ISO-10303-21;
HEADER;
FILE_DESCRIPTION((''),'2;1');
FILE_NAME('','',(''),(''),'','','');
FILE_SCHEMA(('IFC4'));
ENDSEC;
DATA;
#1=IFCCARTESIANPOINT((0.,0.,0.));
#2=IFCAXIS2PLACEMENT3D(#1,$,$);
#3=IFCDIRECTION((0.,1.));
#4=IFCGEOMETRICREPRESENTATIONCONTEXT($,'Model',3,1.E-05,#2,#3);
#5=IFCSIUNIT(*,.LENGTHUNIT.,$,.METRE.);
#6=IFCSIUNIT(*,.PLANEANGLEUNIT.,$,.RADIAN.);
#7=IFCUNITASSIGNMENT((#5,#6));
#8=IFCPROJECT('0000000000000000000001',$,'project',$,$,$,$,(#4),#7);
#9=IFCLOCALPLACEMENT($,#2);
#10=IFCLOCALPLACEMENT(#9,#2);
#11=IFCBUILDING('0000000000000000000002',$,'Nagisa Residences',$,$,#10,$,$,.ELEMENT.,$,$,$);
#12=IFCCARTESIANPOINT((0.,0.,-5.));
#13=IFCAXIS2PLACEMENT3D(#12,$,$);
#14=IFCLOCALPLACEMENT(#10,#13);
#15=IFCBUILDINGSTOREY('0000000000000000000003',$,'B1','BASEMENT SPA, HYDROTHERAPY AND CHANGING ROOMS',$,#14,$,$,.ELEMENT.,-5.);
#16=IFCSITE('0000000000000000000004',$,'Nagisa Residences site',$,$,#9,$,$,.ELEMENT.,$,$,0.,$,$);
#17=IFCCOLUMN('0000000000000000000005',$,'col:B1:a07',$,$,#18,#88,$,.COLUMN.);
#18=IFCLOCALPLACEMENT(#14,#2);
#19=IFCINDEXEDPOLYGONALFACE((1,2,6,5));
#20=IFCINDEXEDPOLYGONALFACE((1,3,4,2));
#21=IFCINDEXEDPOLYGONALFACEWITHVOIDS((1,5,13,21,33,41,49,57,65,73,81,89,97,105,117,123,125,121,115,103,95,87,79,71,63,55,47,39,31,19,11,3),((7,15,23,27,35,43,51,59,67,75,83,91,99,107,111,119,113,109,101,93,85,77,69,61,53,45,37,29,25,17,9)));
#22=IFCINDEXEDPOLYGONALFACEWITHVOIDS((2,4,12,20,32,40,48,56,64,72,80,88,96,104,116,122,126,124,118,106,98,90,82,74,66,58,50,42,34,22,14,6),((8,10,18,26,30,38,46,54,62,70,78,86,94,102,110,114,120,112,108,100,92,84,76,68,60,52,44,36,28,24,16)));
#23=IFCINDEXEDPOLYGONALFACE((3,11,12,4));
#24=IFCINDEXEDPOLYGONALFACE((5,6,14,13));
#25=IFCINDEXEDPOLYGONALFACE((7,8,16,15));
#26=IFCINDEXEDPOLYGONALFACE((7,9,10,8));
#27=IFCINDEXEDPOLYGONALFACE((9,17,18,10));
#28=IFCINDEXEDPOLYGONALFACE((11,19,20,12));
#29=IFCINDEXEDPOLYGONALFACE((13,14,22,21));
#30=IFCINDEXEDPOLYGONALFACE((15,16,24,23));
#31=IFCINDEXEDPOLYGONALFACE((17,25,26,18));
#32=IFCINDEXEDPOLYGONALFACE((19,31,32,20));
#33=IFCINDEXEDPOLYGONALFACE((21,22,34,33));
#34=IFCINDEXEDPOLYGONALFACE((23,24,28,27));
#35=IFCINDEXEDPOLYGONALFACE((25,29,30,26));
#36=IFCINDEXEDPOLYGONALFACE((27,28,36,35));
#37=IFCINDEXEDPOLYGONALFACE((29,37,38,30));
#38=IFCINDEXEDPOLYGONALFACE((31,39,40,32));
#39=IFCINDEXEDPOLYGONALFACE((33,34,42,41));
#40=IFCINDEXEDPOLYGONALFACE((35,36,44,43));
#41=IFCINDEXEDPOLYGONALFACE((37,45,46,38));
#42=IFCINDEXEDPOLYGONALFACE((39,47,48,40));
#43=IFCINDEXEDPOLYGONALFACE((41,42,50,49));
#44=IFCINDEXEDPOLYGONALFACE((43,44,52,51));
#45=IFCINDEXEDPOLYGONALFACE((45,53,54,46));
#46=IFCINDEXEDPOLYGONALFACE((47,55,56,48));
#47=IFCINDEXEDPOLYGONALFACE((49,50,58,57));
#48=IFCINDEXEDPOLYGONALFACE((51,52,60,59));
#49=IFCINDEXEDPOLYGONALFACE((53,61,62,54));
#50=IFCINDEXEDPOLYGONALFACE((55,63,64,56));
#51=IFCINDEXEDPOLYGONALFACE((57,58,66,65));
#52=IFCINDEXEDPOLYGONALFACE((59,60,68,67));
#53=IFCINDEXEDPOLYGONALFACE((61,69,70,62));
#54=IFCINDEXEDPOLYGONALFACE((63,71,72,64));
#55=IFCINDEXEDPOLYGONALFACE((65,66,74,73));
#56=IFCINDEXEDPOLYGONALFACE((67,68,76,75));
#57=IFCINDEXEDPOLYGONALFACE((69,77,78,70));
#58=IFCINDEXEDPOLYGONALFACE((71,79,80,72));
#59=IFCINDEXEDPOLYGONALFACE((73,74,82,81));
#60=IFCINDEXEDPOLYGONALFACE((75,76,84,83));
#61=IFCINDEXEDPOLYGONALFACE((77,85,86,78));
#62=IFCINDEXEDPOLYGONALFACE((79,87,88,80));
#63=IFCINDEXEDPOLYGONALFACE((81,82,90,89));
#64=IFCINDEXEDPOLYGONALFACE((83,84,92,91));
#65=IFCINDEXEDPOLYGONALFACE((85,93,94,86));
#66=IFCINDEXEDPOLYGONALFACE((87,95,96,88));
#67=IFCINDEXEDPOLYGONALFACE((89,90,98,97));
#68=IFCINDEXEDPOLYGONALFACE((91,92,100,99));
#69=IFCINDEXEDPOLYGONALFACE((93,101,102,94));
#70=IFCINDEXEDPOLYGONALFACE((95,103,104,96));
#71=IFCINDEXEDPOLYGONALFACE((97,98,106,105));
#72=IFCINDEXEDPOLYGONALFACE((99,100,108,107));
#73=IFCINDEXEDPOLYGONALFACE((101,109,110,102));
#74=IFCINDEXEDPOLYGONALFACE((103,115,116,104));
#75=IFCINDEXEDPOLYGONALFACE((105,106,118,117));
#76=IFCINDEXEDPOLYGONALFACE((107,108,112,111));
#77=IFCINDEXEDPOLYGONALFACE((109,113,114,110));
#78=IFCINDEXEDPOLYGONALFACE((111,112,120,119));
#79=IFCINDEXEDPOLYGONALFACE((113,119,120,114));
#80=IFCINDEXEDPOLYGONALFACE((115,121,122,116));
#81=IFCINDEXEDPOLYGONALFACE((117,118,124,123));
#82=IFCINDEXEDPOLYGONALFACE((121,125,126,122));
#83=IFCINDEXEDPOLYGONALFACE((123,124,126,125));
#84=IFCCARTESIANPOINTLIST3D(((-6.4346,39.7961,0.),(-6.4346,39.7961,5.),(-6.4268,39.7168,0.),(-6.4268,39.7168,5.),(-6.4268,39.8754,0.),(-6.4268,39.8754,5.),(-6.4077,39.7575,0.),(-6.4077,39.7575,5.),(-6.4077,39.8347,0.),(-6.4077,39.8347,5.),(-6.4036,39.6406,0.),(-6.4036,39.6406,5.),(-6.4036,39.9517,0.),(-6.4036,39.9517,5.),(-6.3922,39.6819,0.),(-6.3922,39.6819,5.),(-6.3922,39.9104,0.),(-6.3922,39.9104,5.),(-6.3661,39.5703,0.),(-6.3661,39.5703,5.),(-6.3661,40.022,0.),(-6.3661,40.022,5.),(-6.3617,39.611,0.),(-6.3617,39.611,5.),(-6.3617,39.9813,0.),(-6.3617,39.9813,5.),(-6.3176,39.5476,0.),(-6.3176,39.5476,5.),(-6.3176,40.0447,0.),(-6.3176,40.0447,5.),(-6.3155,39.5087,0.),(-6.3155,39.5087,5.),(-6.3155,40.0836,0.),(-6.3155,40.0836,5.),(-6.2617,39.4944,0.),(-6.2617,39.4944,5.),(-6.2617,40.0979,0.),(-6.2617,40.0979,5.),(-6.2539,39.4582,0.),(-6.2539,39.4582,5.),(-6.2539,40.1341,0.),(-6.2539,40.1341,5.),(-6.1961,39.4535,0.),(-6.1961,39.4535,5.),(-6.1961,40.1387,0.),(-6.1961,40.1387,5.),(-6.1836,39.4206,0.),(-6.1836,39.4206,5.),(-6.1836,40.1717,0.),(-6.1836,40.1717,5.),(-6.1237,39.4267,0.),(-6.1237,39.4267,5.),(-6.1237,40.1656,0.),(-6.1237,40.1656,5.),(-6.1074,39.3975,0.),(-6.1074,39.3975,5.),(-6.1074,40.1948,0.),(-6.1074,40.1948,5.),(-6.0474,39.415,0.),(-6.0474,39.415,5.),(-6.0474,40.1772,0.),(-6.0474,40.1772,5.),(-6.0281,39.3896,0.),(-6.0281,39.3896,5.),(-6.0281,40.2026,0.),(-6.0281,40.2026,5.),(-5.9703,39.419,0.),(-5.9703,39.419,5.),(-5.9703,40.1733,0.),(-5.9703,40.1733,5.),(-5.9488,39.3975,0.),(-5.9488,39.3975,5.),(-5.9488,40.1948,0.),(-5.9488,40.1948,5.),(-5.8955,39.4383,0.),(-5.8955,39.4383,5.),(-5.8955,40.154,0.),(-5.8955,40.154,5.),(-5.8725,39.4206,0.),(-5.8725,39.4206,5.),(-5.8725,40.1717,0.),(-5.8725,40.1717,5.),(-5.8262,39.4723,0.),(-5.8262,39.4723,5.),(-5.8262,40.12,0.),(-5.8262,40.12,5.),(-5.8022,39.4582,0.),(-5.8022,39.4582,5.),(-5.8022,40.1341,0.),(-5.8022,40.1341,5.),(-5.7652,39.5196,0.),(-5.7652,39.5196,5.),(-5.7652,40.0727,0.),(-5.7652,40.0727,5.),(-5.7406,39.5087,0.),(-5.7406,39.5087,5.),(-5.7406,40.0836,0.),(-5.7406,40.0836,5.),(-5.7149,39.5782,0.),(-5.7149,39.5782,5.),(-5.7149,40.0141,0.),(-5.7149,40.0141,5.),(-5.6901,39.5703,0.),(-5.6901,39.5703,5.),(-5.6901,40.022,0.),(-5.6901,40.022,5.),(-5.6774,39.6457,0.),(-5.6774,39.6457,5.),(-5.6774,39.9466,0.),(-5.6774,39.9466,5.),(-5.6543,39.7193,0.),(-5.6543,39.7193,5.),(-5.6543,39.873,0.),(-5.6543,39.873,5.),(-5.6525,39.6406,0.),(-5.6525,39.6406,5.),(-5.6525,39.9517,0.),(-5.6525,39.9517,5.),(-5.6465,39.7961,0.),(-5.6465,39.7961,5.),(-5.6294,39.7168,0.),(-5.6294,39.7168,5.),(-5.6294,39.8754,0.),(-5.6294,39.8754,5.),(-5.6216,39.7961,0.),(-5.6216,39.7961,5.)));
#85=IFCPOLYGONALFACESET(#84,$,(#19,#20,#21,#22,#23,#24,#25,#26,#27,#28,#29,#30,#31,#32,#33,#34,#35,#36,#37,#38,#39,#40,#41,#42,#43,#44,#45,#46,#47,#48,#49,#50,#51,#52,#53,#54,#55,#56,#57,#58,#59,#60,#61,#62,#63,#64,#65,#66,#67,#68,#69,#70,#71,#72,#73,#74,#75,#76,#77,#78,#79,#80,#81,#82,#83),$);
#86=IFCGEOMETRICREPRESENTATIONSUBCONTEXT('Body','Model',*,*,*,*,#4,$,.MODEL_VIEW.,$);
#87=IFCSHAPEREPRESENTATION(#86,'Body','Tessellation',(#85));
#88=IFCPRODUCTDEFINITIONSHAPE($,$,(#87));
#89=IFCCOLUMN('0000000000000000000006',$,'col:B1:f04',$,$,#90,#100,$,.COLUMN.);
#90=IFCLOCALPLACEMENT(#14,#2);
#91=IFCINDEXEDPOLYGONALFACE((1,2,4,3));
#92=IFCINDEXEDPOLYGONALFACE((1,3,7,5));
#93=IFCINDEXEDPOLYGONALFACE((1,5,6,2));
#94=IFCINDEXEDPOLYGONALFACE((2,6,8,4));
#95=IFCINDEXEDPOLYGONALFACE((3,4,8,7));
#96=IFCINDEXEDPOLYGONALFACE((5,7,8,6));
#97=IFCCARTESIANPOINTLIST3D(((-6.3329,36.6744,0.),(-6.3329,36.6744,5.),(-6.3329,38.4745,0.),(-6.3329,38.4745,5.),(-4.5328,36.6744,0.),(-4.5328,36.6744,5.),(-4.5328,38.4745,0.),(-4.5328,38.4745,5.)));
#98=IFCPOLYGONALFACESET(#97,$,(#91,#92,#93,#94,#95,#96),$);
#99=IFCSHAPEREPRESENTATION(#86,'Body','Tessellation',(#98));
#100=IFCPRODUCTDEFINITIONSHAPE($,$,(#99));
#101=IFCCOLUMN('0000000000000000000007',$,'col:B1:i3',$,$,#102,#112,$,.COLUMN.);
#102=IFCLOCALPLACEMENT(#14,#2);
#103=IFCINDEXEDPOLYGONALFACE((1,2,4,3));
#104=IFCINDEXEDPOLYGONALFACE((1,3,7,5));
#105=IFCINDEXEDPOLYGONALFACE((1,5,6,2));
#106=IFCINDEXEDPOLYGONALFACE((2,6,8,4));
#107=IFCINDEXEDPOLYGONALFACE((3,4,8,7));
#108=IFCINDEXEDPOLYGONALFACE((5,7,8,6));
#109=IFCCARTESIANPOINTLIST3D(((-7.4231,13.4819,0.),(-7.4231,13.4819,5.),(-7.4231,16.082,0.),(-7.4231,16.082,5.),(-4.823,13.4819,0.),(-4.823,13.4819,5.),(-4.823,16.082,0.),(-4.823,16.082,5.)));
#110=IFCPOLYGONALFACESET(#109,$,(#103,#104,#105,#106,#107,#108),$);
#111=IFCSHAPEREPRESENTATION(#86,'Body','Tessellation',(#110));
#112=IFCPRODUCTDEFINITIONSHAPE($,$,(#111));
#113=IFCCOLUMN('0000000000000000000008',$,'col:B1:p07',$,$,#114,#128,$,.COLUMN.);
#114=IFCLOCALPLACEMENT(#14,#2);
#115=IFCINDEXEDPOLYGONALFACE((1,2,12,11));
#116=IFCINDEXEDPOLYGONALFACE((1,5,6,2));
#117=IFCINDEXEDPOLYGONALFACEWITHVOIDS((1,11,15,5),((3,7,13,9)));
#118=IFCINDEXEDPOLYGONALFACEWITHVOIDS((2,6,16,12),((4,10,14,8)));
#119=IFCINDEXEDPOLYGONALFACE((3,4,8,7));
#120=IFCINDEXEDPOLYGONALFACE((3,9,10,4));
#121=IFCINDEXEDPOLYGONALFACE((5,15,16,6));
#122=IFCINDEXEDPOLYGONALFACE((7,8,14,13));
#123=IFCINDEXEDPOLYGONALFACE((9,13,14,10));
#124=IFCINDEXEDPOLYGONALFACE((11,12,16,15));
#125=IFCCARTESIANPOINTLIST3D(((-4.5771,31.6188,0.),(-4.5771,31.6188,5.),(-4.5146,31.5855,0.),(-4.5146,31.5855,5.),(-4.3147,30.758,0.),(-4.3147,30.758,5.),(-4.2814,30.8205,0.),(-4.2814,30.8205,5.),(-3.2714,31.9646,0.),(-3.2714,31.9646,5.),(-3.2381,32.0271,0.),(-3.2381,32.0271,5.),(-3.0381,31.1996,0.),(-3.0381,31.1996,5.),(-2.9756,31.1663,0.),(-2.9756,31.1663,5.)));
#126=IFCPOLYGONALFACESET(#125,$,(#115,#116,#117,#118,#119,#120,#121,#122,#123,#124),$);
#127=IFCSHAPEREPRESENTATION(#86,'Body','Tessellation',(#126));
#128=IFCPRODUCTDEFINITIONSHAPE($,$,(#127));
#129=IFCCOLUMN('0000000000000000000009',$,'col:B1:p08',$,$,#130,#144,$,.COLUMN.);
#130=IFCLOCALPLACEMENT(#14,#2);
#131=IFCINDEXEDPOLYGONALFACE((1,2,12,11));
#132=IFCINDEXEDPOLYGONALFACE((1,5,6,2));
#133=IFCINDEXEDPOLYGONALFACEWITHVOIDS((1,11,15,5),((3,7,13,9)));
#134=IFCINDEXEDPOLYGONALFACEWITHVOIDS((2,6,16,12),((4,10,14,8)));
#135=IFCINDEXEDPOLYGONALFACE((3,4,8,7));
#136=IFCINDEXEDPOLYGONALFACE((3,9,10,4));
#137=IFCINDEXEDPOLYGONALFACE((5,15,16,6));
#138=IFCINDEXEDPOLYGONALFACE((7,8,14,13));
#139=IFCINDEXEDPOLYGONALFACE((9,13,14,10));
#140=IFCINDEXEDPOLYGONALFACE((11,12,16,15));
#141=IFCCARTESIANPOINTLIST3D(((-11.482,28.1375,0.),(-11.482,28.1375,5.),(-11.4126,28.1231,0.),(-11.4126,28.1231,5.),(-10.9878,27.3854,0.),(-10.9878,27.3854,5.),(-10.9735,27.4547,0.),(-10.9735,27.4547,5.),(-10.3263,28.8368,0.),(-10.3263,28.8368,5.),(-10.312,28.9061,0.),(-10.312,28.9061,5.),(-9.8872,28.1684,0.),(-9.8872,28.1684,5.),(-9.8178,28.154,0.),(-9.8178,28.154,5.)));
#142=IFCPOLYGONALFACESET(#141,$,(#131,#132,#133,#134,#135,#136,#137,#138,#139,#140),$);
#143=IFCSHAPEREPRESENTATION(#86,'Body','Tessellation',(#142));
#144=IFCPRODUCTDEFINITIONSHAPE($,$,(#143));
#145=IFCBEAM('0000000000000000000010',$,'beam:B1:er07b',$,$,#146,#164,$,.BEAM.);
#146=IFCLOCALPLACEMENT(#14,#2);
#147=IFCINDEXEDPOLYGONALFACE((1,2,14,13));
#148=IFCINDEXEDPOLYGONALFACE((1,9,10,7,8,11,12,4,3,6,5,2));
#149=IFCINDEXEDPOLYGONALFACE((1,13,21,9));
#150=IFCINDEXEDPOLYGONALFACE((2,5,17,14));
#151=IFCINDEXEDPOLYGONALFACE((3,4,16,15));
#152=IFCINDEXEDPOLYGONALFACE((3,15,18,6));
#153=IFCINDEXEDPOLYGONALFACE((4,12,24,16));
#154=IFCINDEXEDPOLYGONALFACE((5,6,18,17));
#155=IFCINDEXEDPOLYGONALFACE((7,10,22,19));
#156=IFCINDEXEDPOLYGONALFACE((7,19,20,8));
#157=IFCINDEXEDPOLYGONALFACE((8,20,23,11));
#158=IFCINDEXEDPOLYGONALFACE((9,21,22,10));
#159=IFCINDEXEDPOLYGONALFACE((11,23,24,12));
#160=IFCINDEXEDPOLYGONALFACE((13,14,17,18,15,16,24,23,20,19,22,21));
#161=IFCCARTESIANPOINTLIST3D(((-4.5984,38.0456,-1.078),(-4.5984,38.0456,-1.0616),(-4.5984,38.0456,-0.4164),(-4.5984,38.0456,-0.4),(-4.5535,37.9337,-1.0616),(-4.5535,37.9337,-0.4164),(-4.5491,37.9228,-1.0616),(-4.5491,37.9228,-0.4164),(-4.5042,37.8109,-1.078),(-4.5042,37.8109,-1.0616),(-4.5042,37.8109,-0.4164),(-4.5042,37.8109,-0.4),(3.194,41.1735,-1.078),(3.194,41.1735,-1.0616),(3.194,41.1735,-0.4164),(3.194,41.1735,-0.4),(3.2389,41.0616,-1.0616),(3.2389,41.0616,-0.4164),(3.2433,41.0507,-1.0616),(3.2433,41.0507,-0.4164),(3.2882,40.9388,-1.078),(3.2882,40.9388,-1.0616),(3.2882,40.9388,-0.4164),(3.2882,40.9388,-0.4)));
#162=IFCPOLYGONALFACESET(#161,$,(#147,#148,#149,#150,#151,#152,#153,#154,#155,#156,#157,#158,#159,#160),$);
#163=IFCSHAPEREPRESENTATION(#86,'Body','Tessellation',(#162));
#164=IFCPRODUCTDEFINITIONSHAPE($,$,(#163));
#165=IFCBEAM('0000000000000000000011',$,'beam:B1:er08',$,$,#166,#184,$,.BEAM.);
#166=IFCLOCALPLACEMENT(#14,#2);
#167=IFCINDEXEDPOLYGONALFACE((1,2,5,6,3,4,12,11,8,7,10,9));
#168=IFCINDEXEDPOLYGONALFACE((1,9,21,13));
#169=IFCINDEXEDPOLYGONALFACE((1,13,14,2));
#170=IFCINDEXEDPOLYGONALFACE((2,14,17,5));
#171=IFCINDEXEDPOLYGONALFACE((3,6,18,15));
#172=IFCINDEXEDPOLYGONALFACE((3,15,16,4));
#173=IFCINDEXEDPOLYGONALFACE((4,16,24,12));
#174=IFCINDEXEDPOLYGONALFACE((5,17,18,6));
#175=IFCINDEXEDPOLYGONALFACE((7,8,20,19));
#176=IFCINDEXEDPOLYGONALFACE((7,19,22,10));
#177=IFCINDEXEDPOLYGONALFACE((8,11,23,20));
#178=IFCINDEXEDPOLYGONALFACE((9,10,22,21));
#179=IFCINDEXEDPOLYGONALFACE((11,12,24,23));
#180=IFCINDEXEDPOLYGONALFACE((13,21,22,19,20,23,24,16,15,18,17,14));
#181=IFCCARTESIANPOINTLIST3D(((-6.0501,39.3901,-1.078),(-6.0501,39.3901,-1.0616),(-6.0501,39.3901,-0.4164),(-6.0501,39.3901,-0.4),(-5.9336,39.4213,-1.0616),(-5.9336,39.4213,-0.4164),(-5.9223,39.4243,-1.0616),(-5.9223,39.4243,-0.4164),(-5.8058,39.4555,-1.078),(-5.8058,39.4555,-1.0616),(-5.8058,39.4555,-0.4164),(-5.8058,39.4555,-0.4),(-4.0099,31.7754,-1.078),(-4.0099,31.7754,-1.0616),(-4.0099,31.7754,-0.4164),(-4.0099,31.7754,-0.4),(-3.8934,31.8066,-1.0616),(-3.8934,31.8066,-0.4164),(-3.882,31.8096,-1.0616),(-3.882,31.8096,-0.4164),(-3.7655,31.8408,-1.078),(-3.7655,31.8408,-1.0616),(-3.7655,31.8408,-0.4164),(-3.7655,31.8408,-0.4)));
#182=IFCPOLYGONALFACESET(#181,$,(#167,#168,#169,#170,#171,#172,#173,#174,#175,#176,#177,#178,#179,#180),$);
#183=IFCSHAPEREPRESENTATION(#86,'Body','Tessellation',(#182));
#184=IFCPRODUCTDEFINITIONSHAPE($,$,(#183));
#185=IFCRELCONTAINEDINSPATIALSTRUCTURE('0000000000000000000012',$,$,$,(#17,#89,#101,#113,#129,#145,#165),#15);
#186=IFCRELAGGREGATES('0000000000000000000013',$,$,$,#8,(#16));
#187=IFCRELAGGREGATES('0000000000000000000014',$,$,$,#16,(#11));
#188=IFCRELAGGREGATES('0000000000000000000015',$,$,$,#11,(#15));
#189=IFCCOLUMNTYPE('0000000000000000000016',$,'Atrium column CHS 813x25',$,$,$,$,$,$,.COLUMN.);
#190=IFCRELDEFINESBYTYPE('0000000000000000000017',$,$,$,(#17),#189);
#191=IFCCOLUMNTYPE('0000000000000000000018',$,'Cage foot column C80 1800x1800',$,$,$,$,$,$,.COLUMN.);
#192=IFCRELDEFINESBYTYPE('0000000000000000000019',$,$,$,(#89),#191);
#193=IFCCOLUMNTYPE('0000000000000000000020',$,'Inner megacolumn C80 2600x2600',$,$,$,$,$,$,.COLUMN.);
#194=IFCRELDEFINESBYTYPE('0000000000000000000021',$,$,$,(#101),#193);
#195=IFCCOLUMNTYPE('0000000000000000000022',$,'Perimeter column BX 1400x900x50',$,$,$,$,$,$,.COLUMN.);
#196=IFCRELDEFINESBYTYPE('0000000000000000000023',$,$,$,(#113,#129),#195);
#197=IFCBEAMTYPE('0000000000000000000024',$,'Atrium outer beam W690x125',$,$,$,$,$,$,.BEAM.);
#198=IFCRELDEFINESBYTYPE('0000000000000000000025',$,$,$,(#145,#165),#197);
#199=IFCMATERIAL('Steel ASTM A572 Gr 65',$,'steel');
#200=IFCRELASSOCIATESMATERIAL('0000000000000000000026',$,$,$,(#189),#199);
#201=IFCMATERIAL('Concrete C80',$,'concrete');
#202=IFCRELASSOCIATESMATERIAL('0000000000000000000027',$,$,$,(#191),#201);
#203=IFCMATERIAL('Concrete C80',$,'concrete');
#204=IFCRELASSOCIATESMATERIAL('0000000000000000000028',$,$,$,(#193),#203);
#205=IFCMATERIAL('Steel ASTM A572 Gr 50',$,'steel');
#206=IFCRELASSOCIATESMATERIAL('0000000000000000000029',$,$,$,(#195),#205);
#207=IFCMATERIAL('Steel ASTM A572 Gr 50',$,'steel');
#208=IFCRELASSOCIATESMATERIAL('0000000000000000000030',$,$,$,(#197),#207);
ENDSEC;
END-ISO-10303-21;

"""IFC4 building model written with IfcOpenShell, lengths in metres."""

from ifc_helpers import new_model, si_unit, direction, frame, origin, origin_2d, place, context, subcontext, project, spatial, rectangle, hollow_rectangle, hollow_circle, i_section, extrude, material, material_profile, profile_set, type_object, element, save


model = new_model("IFC4")

# Units and contexts
model_context = context("Model", 3, precision=1e-05, world=origin(), true_north=direction((0.0, 1.0)))
body_context = subcontext(model_context, "Body", "Model", "MODEL_VIEW")
ifc_project = project(units=[si_unit("LENGTHUNIT", "METRE"), si_unit("PLANEANGLEUNIT", "RADIAN")], contexts=[model_context])

# Site, building, storey
site_placement = place(None, origin())
site = spatial("IfcSite", under=ifc_project, at=site_placement, Name="Nagisa Residences site", CompositionType="ELEMENT", RefElevation=0.0)
building_placement = place(site_placement, origin())
building = spatial("IfcBuilding", under=site, at=building_placement, Name="Nagisa Residences", CompositionType="ELEMENT")
storey_placement = place(building_placement, frame((0.0, 0.0, -5.0)))
storey = spatial("IfcBuildingStorey", under=building, at=storey_placement, Name="B1", Description="BASEMENT SPA, HYDROTHERAPY AND CHANGING ROOMS", CompositionType="ELEMENT", Elevation=-5.0)

# Columns
ifc_material_1 = material(Name="Steel ASTM A572 Gr 65", Category="steel")
ifc_material_profile_1 = material_profile(ifc_material_1, hollow_circle(Radius=0.4065, WallThickness=0.0249, at=origin_2d()), Name="CHS 813x25")
ifc_profile_set_1 = profile_set([ifc_material_profile_1], Name="Steel ASTM A572 Gr 65")
column_type_1 = type_object("IfcColumnType", Name="Atrium column CHS 813x25", PredefinedType="COLUMN", material=ifc_profile_set_1)
column_1_placement = place(storey_placement, frame((-6.0281, 39.7961, 0.0), z_axis=(0.0, 0.0, 1.0), x_axis=(1.0, 0.0, 0.0)))
element("IfcColumn", 1, at=column_1_placement, inside=storey, type_object=column_type_1, Name="col:B1:a07", PredefinedType="COLUMN", context=body_context, shape_type="SweptSolid", body=[
    extrude(hollow_circle(Radius=0.4065, WallThickness=0.0249, at=origin_2d()), origin(), (0.0, 0.0, 1.0), 5.0),
])
ifc_material_2 = material(Name="Concrete C80", Category="concrete")
ifc_material_profile_2 = material_profile(ifc_material_2, rectangle(XDim=1.8, YDim=1.8, at=origin_2d()), Name="C80 1800x1800")
ifc_profile_set_2 = profile_set([ifc_material_profile_2], Name="Concrete C80")
column_type_2 = type_object("IfcColumnType", Name="Cage foot column C80 1800x1800", PredefinedType="COLUMN", material=ifc_profile_set_2)
column_2_placement = place(storey_placement, frame((-5.4329, 37.5745, 0.0), z_axis=(0.0, 0.0, 1.0), x_axis=(1.0, 0.0, 0.0)))
element("IfcColumn", 2, at=column_2_placement, inside=storey, type_object=column_type_2, Name="col:B1:f04", PredefinedType="COLUMN", context=body_context, shape_type="SweptSolid", body=[
    extrude(rectangle(XDim=1.8, YDim=1.8, at=origin_2d()), origin(), (0.0, 0.0, 1.0), 5.0),
])
ifc_material_3 = material(Name="Concrete C80", Category="concrete")
ifc_material_profile_3 = material_profile(ifc_material_3, rectangle(XDim=2.6001, YDim=2.6001, at=origin_2d()), Name="C80 2600x2600")
ifc_profile_set_3 = profile_set([ifc_material_profile_3], Name="Concrete C80")
column_type_3 = type_object("IfcColumnType", Name="Inner megacolumn C80 2600x2600", PredefinedType="COLUMN", material=ifc_profile_set_3)
column_3_placement = place(storey_placement, frame((-6.123, 14.782, 0.0), z_axis=(0.0, 0.0, 1.0), x_axis=(1.0, 0.0, 0.0)))
element("IfcColumn", 3, at=column_3_placement, inside=storey, type_object=column_type_3, Name="col:B1:i3", PredefinedType="COLUMN", context=body_context, shape_type="SweptSolid", body=[
    extrude(rectangle(XDim=2.6001, YDim=2.6001, at=origin_2d()), origin(), (0.0, 0.0, 1.0), 5.0),
])
ifc_material_4 = material(Name="Steel ASTM A572 Gr 50", Category="steel")
ifc_material_profile_4 = material_profile(ifc_material_4, hollow_rectangle(XDim=1.3999, YDim=0.8999, WallThickness=0.05, at=origin_2d()), Name="BX 1400x900x50")
ifc_profile_set_4 = profile_set([ifc_material_profile_4], Name="Steel ASTM A572 Gr 50")
column_type_4 = type_object("IfcColumnType", Name="Perimeter column BX 1400x900x50", PredefinedType="COLUMN", material=ifc_profile_set_4)
for number, where, z_axis, x_axis, name in (
    (4, (-3.7764, 31.3926, 0.0), (0.0, 0.0, 1.0), (-0.956525, -0.291652, 0.0), "col:B1:p07"),
    (5, (-10.6499, 28.1458, 0.0), (0.0, 0.0, 1.0), (-0.835766, -0.549086, 0.0), "col:B1:p08"),
):
    element("IfcColumn", number, at=place(storey_placement, frame(where, z_axis=z_axis, x_axis=x_axis)), inside=storey, type_object=column_type_4, Name=name, PredefinedType="COLUMN", context=body_context, shape_type="SweptSolid", body=[
        extrude(hollow_rectangle(XDim=1.3999, YDim=0.8999, WallThickness=0.05, at=origin_2d()), origin(), (0.0, 0.0, 1.0), 5.0),
    ])

# Beams
ifc_material_5 = material(Name="Steel ASTM A572 Gr 50", Category="steel")
ifc_material_profile_5 = material_profile(ifc_material_5, i_section(OverallWidth=0.2529, OverallDepth=0.678, WebThickness=0.0117, FlangeThickness=0.0164, at=origin_2d()), Name="W690x125")
ifc_profile_set_5 = profile_set([ifc_material_profile_5], Name="Steel ASTM A572 Gr 50")
beam_type_1 = type_object("IfcBeamType", Name="Atrium outer beam W690x125", PredefinedType="BEAM", material=ifc_profile_set_5)
beam_1_placement = place(storey_placement, frame((-4.5513, 37.9282, -0.739), z_axis=(0.928027, 0.372513, 0.0), x_axis=(-0.372513, 0.928027, 0.0)))
element("IfcBeam", 6, at=beam_1_placement, inside=storey, type_object=beam_type_1, Name="beam:B1:er07b", PredefinedType="BEAM", context=body_context, shape_type="SweptSolid", body=[
    extrude(i_section(OverallWidth=0.2529, OverallDepth=0.678, WebThickness=0.0117, FlangeThickness=0.0164, at=origin_2d()), origin(), (0.0, 0.0, 1.0), 8.3967),
])
beam_2_placement = place(storey_placement, frame((-3.8877, 31.8081, -0.739), z_axis=(-0.258809, 0.965928, 0.0), x_axis=(-0.965928, -0.258809, 0.0)))
element("IfcBeam", 7, at=beam_2_placement, inside=storey, type_object=beam_type_1, Name="beam:B1:er08", PredefinedType="BEAM", context=body_context, shape_type="SweptSolid", body=[
    extrude(i_section(OverallWidth=0.2529, OverallDepth=0.678, WebThickness=0.0117, FlangeThickness=0.0164, at=origin_2d()), origin(), (0.0, 0.0, 1.0), 7.8833),
])

save(model, "model.ifc")
